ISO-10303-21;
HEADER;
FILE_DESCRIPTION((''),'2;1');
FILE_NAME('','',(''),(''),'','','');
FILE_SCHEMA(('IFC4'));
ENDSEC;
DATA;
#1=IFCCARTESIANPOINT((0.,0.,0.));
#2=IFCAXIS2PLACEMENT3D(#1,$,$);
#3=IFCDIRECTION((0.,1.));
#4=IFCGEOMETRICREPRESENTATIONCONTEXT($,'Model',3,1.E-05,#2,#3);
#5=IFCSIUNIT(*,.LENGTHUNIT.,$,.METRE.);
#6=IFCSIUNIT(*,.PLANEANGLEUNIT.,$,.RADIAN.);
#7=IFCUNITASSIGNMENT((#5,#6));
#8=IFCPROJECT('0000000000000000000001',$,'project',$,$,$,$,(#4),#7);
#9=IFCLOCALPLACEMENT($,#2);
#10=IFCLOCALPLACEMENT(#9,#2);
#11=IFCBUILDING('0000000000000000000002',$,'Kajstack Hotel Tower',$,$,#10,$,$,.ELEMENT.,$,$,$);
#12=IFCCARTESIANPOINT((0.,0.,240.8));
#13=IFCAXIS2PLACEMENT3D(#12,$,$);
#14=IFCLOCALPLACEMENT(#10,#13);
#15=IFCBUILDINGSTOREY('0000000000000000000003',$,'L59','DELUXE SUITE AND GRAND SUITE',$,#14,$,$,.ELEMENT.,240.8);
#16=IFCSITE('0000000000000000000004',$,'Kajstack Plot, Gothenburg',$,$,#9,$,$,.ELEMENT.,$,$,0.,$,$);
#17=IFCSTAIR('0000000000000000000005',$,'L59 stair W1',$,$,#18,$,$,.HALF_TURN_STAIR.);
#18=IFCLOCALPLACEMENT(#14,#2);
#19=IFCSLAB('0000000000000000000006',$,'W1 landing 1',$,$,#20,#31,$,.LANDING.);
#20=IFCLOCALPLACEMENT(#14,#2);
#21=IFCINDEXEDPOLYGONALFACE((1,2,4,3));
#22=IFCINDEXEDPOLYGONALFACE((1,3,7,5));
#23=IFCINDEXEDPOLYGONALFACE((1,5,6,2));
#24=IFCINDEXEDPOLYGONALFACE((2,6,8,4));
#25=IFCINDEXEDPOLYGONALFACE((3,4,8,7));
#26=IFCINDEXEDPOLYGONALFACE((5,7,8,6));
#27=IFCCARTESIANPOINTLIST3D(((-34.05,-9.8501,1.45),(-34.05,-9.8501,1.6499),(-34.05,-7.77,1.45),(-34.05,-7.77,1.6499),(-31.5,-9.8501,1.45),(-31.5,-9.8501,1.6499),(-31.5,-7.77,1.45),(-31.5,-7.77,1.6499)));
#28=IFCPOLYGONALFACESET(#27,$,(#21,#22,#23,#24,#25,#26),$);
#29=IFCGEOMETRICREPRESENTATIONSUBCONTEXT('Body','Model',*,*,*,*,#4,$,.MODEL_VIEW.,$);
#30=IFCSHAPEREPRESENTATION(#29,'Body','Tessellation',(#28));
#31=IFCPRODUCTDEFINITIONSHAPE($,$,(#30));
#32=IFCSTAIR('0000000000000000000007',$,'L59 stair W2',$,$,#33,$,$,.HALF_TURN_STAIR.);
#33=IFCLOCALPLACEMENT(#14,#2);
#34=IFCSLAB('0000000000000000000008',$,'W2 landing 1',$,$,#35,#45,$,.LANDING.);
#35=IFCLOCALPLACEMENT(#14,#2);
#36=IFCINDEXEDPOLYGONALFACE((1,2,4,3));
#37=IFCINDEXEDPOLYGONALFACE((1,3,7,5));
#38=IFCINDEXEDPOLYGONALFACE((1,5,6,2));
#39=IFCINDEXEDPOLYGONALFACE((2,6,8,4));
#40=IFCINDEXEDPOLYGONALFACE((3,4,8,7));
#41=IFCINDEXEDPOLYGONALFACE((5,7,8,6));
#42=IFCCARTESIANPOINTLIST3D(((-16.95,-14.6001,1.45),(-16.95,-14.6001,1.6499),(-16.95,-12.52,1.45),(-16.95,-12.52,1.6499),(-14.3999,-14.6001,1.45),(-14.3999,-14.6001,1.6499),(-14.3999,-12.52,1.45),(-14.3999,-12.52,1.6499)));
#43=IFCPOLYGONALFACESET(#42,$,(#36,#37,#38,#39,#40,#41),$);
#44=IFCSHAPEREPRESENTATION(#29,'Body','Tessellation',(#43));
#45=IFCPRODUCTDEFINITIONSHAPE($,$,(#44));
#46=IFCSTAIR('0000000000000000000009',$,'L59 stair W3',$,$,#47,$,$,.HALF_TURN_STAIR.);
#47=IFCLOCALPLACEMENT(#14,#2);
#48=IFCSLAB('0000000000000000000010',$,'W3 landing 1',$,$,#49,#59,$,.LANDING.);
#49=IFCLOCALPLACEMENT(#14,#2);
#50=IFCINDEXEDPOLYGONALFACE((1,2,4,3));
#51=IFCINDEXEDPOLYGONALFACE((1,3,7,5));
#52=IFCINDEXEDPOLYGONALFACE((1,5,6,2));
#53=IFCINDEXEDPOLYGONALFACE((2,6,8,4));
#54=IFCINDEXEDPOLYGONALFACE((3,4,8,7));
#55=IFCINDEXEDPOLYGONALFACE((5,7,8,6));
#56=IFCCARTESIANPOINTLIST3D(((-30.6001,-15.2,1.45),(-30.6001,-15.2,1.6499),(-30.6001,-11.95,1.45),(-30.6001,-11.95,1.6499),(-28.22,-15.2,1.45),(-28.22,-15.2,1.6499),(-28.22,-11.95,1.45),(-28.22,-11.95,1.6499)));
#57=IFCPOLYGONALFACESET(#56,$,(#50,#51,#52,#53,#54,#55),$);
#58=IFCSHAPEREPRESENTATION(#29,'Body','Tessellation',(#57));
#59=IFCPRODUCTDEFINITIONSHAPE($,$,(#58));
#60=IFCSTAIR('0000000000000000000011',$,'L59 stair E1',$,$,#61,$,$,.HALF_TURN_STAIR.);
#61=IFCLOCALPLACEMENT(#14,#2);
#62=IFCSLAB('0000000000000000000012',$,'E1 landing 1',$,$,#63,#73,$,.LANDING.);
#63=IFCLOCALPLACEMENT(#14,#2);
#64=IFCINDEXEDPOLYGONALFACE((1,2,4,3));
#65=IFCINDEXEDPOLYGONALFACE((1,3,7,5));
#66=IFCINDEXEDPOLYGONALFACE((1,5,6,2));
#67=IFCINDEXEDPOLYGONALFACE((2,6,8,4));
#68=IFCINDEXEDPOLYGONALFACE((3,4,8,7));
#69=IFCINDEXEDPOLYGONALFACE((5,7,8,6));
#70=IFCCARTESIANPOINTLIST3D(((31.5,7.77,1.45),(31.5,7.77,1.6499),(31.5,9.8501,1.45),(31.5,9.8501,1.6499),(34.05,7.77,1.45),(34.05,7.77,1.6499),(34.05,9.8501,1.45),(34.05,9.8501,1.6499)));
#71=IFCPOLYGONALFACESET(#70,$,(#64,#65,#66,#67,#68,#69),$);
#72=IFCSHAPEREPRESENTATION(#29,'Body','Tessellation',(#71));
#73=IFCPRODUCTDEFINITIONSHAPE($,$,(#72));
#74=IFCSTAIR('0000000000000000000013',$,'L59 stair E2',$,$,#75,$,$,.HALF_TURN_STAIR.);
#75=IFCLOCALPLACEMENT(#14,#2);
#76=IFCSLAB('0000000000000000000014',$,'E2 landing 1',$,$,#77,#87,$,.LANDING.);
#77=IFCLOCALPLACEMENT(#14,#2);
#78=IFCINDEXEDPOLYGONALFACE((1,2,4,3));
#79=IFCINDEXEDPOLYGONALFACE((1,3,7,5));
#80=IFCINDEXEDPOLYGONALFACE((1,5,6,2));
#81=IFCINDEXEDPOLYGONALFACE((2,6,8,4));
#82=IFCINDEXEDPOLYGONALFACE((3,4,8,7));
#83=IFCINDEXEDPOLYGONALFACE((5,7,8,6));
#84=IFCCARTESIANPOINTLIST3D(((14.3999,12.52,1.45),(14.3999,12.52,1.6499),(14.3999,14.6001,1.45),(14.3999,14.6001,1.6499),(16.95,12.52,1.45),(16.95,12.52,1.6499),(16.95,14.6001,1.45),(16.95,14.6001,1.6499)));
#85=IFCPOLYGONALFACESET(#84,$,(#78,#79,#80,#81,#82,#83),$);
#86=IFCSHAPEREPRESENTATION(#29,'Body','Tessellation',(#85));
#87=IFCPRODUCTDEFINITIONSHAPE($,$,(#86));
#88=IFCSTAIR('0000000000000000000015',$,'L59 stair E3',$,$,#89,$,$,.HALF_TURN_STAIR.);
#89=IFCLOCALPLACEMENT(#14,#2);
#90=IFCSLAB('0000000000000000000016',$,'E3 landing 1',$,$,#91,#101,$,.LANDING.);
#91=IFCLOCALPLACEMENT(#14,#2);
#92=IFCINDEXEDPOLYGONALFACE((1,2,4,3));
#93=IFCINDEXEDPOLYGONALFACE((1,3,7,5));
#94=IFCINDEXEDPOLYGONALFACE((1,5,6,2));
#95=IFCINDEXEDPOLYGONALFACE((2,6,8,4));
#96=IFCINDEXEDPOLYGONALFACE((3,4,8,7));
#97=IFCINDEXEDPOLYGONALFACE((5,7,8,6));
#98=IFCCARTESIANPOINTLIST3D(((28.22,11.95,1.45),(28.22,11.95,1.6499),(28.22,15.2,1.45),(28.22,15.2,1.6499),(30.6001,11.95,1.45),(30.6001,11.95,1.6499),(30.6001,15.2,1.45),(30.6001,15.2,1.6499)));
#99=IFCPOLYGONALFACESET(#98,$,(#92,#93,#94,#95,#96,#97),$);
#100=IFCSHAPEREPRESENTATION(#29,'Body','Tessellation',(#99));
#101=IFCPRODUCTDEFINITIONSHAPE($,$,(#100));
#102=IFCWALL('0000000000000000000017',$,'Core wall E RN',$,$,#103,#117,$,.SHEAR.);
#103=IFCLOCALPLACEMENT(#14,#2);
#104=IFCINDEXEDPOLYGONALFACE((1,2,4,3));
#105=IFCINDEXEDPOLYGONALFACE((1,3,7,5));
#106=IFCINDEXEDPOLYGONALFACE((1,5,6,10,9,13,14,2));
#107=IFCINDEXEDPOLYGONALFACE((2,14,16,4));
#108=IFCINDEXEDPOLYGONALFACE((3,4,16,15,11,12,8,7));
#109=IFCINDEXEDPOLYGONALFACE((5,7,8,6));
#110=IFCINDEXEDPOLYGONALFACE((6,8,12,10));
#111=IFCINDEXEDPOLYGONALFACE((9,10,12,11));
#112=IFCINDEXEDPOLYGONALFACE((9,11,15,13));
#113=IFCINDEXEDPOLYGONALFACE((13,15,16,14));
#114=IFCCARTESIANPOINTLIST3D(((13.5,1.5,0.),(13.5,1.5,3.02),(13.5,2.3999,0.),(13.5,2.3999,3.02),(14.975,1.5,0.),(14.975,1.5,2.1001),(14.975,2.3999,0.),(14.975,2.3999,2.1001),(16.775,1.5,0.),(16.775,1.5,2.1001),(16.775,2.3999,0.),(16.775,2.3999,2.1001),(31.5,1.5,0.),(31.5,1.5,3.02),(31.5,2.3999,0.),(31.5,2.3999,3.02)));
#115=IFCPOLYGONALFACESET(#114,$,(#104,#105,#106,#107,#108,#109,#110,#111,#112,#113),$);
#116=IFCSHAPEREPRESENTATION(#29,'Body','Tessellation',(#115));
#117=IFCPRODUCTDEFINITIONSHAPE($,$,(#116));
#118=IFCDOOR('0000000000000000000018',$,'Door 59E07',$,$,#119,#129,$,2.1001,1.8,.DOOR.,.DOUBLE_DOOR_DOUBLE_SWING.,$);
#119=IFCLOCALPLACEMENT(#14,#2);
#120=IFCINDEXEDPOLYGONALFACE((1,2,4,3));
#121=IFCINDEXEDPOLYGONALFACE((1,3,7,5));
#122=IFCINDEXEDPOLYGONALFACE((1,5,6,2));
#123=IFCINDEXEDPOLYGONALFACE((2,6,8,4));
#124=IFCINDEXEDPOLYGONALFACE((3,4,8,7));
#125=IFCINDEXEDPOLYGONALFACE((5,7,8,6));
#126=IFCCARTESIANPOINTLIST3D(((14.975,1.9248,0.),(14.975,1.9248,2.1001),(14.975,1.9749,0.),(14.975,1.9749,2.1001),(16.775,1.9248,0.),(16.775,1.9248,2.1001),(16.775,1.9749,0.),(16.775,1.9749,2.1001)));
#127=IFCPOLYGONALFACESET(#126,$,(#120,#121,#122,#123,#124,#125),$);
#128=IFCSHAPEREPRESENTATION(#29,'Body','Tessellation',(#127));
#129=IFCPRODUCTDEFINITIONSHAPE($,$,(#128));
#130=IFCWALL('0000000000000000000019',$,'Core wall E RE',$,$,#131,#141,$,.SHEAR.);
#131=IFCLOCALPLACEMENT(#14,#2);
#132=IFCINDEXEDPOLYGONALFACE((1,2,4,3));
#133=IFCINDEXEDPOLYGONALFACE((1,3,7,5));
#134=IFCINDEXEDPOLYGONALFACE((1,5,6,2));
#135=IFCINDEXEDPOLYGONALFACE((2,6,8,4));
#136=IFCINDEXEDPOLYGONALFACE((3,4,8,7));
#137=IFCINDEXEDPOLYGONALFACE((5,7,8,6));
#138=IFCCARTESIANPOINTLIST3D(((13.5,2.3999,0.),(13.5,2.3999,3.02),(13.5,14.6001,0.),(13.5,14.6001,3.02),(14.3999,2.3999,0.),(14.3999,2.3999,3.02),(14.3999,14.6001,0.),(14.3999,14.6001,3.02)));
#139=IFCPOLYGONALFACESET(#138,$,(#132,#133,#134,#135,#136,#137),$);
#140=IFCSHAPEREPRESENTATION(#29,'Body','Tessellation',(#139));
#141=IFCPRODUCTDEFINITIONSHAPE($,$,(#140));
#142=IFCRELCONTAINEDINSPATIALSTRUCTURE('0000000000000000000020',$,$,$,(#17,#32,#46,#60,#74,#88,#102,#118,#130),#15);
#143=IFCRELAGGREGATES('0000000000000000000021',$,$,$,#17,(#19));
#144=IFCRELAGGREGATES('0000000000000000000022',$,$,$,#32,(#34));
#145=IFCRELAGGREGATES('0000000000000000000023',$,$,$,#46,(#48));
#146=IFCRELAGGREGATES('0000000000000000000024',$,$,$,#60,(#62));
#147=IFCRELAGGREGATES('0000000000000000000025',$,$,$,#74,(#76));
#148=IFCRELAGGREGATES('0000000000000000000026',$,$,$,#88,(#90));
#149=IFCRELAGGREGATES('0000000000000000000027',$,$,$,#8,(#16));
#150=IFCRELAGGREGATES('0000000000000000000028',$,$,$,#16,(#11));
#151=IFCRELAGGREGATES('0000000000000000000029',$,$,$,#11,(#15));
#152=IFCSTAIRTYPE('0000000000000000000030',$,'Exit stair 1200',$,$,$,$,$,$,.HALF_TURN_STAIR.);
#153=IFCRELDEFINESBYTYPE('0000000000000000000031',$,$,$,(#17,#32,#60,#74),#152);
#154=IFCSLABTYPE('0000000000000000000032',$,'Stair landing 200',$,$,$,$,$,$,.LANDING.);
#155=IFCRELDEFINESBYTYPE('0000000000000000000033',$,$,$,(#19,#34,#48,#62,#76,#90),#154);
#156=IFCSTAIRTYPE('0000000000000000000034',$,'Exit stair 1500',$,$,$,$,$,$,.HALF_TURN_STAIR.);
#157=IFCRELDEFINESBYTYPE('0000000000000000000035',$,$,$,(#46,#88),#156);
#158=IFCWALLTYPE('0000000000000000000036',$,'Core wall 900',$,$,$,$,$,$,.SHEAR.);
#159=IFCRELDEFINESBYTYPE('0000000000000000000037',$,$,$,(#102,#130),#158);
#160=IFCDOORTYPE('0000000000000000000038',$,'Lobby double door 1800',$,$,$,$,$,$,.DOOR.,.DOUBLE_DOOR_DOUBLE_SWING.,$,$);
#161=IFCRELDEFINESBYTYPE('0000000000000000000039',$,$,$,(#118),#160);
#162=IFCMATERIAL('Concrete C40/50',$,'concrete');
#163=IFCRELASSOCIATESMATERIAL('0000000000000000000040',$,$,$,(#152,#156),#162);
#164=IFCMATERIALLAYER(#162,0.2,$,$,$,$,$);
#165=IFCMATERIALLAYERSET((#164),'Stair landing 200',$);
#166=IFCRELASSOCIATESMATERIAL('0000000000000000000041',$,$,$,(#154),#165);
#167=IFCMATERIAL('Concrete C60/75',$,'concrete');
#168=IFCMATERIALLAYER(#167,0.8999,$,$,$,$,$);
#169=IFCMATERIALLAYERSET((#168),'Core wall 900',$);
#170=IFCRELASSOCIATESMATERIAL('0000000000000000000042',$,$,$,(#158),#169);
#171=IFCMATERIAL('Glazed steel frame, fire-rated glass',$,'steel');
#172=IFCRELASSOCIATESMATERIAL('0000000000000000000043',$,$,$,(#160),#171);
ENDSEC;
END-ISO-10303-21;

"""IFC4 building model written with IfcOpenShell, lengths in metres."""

from ifc_helpers import new_model, si_unit, direction, frame, frame_2d, origin, place, context, subcontext, project, spatial, polyline, rectangle, outline, extrude, material, layer, layer_set, type_object, element, fill, aggregate, save


model = new_model("IFC4")

# Units and contexts
model_context = context("Model", 3, precision=1e-05, world=origin(), true_north=direction((0.0, 1.0)))
body_context = subcontext(model_context, "Body", "Model", "MODEL_VIEW")
ifc_project = project(units=[si_unit("LENGTHUNIT", "METRE"), si_unit("PLANEANGLEUNIT", "RADIAN")], contexts=[model_context])

# Site, building, storey
site_placement = place(None, origin())
site = spatial("IfcSite", under=ifc_project, at=site_placement, Name="Kajstack Plot, Gothenburg", CompositionType="ELEMENT", RefElevation=0.0)
building_placement = place(site_placement, origin())
building = spatial("IfcBuilding", under=site, at=building_placement, Name="Kajstack Hotel Tower", CompositionType="ELEMENT")
storey_placement = place(building_placement, frame((0.0, 0.0, 240.8)))
storey = spatial("IfcBuildingStorey", under=building, at=storey_placement, Name="L59", Description="DELUXE SUITE AND GRAND SUITE", CompositionType="ELEMENT", Elevation=240.8)

# Stairs, slabs
ifc_material_1 = material(Name="Concrete C40/50", Category="concrete")
stair_type_1 = type_object("IfcStairType", Name="Exit stair 1200", PredefinedType="HALF_TURN_STAIR", material=ifc_material_1)
stair_1_placement = place(storey_placement, origin())
stair_1 = element("IfcStair", 1, at=stair_1_placement, inside=storey, type_object=stair_type_1, Name="L59 stair W1", PredefinedType="HALF_TURN_STAIR")
ifc_layer_1 = layer(ifc_material_1, 0.2)
ifc_layer_set_1 = layer_set([ifc_layer_1], Name="Stair landing 200")
slab_type = type_object("IfcSlabType", Name="Stair landing 200", PredefinedType="LANDING", material=ifc_layer_set_1)
slab_1_placement = place(storey_placement, frame((0.0, 0.0, 1.45)))
slab_1 = element("IfcSlab", 2, at=slab_1_placement, type_object=slab_type, Name="W1 landing 1", PredefinedType="LANDING", context=body_context, shape_type="SweptSolid", body=[
    extrude(outline(polyline([(-34.05, -7.77), (-34.05, -9.8501), (-31.5, -9.8501), (-31.5, -7.77), (-34.05, -7.77)])), origin(), (0.0, 0.0, 1.0), 0.2),
])
aggregate(stair_1, [slab_1])
stair_2_placement = place(storey_placement, origin())
stair_2 = element("IfcStair", 3, at=stair_2_placement, inside=storey, type_object=stair_type_1, Name="L59 stair W2", PredefinedType="HALF_TURN_STAIR")
slab_2_placement = place(storey_placement, frame((0.0, 0.0, 1.45)))
slab_2 = element("IfcSlab", 4, at=slab_2_placement, type_object=slab_type, Name="W2 landing 1", PredefinedType="LANDING", context=body_context, shape_type="SweptSolid", body=[
    extrude(outline(polyline([(-16.95, -12.52), (-16.95, -14.6001), (-14.3999, -14.6001), (-14.3999, -12.52), (-16.95, -12.52)])), origin(), (0.0, 0.0, 1.0), 0.2),
])
aggregate(stair_2, [slab_2])
stair_type_2 = type_object("IfcStairType", Name="Exit stair 1500", PredefinedType="HALF_TURN_STAIR", material=ifc_material_1)
stair_3_placement = place(storey_placement, origin())
stair_3 = element("IfcStair", 5, at=stair_3_placement, inside=storey, type_object=stair_type_2, Name="L59 stair W3", PredefinedType="HALF_TURN_STAIR")
slab_3_placement = place(storey_placement, frame((0.0, 0.0, 1.45)))
slab_3 = element("IfcSlab", 6, at=slab_3_placement, type_object=slab_type, Name="W3 landing 1", PredefinedType="LANDING", context=body_context, shape_type="SweptSolid", body=[
    extrude(outline(polyline([(-28.22, -11.95), (-30.6001, -11.95), (-30.6001, -15.2), (-28.22, -15.2), (-28.22, -11.95)])), origin(), (0.0, 0.0, 1.0), 0.2),
])
aggregate(stair_3, [slab_3])
stair_4_placement = place(storey_placement, origin())
stair_4 = element("IfcStair", 7, at=stair_4_placement, inside=storey, type_object=stair_type_1, Name="L59 stair E1", PredefinedType="HALF_TURN_STAIR")
slab_4_placement = place(storey_placement, frame((0.0, 0.0, 1.45)))
slab_4 = element("IfcSlab", 8, at=slab_4_placement, type_object=slab_type, Name="E1 landing 1", PredefinedType="LANDING", context=body_context, shape_type="SweptSolid", body=[
    extrude(outline(polyline([(34.05, 7.77), (34.05, 9.8501), (31.5, 9.8501), (31.5, 7.77), (34.05, 7.77)])), origin(), (0.0, 0.0, 1.0), 0.2),
])
aggregate(stair_4, [slab_4])
stair_5_placement = place(storey_placement, origin())
stair_5 = element("IfcStair", 9, at=stair_5_placement, inside=storey, type_object=stair_type_1, Name="L59 stair E2", PredefinedType="HALF_TURN_STAIR")
slab_5_placement = place(storey_placement, frame((0.0, 0.0, 1.45)))
slab_5 = element("IfcSlab", 10, at=slab_5_placement, type_object=slab_type, Name="E2 landing 1", PredefinedType="LANDING", context=body_context, shape_type="SweptSolid", body=[
    extrude(outline(polyline([(16.95, 12.52), (16.95, 14.6001), (14.3999, 14.6001), (14.3999, 12.52), (16.95, 12.52)])), origin(), (0.0, 0.0, 1.0), 0.2),
])
aggregate(stair_5, [slab_5])
stair_6_placement = place(storey_placement, origin())
stair_6 = element("IfcStair", 11, at=stair_6_placement, inside=storey, type_object=stair_type_2, Name="L59 stair E3", PredefinedType="HALF_TURN_STAIR")
slab_6_placement = place(storey_placement, frame((0.0, 0.0, 1.45)))
slab_6 = element("IfcSlab", 12, at=slab_6_placement, type_object=slab_type, Name="E3 landing 1", PredefinedType="LANDING", context=body_context, shape_type="SweptSolid", body=[
    extrude(outline(polyline([(28.22, 11.95), (30.6001, 11.95), (30.6001, 15.2), (28.22, 15.2), (28.22, 11.95)])), origin(), (0.0, 0.0, 1.0), 0.2),
])
aggregate(stair_6, [slab_6])

# Wall, opening, door
ifc_material_2 = material(Name="Concrete C60/75", Category="concrete")
ifc_layer_2 = layer(ifc_material_2, 0.8999)
ifc_layer_set_2 = layer_set([ifc_layer_2], Name="Core wall 900")
wall_type_1 = type_object("IfcWallType", Name="Core wall 900", PredefinedType="SHEAR", material=ifc_layer_set_2)
wall_1_placement = place(storey_placement, frame((13.5, 1.95, 0.0), z_axis=(0.0, 0.0, 1.0), x_axis=(1.0, 0.0, 0.0)))
wall_1 = element("IfcWall", 13, at=wall_1_placement, inside=storey, type_object=wall_type_1, Name="Core wall E RN", PredefinedType="SHEAR", context=body_context, shape_type="SweptSolid", body=[
    extrude(rectangle(XDim=18.0, YDim=0.8999, at=frame_2d((9.0, 0.0))), origin(), (0.0, 0.0, 1.0), 3.02),
])
opening_1_placement = place(wall_1_placement, frame((1.4751, 0.0, 0.0)))
opening_1 = element("IfcOpeningElement", 14, at=opening_1_placement, cuts=wall_1, PredefinedType="OPENING", context=body_context, shape_type="SweptSolid", body=[
    extrude(rectangle(XDim=1.8, YDim=2.1001, at=frame_2d((0.8999, 1.05))), frame((0.0, 0.46, 0.0), z_axis=(0.0, -1.0, 0.0), x_axis=(1.0, 0.0, 0.0)), (0.0, 0.0, 1.0), 0.9199),
])
ifc_material_3 = material(Name="Glazed steel frame, fire-rated glass", Category="steel")
door_type_1 = type_object("IfcDoorType", Name="Lobby double door 1800", OperationType="DOUBLE_DOOR_DOUBLE_SWING", PredefinedType="DOOR", material=ifc_material_3)
door_1_placement = place(opening_1_placement, origin())
door_1 = element("IfcDoor", 15, at=door_1_placement, inside=storey, type_object=door_type_1, Name="Door 59E07", OperationType="DOUBLE_DOOR_DOUBLE_SWING", OverallHeight=2.1001, OverallWidth=1.8, PredefinedType="DOOR", context=body_context, shape_type="SweptSolid", body=[
    extrude(rectangle(XDim=1.8, YDim=2.1001, at=frame_2d((0.8999, 1.05))), frame((0.0, 0.0249, 0.0), z_axis=(0.0, -1.0, 0.0), x_axis=(1.0, 0.0, 0.0)), (0.0, 0.0, 1.0), 0.05),
])
fill(opening_1, door_1)

# Wall
wall_2_placement = place(storey_placement, frame((13.95, 2.3999, 0.0), z_axis=(0.0, 0.0, 1.0), x_axis=(0.0, 1.0, 0.0)))
element("IfcWall", 16, at=wall_2_placement, inside=storey, type_object=wall_type_1, Name="Core wall E RE", PredefinedType="SHEAR", context=body_context, shape_type="SweptSolid", body=[
    extrude(rectangle(XDim=12.2002, YDim=0.8999, at=frame_2d((6.1001, 0.0))), origin(), (0.0, 0.0, 1.0), 3.02),
])

save(model, "model.ifc")
